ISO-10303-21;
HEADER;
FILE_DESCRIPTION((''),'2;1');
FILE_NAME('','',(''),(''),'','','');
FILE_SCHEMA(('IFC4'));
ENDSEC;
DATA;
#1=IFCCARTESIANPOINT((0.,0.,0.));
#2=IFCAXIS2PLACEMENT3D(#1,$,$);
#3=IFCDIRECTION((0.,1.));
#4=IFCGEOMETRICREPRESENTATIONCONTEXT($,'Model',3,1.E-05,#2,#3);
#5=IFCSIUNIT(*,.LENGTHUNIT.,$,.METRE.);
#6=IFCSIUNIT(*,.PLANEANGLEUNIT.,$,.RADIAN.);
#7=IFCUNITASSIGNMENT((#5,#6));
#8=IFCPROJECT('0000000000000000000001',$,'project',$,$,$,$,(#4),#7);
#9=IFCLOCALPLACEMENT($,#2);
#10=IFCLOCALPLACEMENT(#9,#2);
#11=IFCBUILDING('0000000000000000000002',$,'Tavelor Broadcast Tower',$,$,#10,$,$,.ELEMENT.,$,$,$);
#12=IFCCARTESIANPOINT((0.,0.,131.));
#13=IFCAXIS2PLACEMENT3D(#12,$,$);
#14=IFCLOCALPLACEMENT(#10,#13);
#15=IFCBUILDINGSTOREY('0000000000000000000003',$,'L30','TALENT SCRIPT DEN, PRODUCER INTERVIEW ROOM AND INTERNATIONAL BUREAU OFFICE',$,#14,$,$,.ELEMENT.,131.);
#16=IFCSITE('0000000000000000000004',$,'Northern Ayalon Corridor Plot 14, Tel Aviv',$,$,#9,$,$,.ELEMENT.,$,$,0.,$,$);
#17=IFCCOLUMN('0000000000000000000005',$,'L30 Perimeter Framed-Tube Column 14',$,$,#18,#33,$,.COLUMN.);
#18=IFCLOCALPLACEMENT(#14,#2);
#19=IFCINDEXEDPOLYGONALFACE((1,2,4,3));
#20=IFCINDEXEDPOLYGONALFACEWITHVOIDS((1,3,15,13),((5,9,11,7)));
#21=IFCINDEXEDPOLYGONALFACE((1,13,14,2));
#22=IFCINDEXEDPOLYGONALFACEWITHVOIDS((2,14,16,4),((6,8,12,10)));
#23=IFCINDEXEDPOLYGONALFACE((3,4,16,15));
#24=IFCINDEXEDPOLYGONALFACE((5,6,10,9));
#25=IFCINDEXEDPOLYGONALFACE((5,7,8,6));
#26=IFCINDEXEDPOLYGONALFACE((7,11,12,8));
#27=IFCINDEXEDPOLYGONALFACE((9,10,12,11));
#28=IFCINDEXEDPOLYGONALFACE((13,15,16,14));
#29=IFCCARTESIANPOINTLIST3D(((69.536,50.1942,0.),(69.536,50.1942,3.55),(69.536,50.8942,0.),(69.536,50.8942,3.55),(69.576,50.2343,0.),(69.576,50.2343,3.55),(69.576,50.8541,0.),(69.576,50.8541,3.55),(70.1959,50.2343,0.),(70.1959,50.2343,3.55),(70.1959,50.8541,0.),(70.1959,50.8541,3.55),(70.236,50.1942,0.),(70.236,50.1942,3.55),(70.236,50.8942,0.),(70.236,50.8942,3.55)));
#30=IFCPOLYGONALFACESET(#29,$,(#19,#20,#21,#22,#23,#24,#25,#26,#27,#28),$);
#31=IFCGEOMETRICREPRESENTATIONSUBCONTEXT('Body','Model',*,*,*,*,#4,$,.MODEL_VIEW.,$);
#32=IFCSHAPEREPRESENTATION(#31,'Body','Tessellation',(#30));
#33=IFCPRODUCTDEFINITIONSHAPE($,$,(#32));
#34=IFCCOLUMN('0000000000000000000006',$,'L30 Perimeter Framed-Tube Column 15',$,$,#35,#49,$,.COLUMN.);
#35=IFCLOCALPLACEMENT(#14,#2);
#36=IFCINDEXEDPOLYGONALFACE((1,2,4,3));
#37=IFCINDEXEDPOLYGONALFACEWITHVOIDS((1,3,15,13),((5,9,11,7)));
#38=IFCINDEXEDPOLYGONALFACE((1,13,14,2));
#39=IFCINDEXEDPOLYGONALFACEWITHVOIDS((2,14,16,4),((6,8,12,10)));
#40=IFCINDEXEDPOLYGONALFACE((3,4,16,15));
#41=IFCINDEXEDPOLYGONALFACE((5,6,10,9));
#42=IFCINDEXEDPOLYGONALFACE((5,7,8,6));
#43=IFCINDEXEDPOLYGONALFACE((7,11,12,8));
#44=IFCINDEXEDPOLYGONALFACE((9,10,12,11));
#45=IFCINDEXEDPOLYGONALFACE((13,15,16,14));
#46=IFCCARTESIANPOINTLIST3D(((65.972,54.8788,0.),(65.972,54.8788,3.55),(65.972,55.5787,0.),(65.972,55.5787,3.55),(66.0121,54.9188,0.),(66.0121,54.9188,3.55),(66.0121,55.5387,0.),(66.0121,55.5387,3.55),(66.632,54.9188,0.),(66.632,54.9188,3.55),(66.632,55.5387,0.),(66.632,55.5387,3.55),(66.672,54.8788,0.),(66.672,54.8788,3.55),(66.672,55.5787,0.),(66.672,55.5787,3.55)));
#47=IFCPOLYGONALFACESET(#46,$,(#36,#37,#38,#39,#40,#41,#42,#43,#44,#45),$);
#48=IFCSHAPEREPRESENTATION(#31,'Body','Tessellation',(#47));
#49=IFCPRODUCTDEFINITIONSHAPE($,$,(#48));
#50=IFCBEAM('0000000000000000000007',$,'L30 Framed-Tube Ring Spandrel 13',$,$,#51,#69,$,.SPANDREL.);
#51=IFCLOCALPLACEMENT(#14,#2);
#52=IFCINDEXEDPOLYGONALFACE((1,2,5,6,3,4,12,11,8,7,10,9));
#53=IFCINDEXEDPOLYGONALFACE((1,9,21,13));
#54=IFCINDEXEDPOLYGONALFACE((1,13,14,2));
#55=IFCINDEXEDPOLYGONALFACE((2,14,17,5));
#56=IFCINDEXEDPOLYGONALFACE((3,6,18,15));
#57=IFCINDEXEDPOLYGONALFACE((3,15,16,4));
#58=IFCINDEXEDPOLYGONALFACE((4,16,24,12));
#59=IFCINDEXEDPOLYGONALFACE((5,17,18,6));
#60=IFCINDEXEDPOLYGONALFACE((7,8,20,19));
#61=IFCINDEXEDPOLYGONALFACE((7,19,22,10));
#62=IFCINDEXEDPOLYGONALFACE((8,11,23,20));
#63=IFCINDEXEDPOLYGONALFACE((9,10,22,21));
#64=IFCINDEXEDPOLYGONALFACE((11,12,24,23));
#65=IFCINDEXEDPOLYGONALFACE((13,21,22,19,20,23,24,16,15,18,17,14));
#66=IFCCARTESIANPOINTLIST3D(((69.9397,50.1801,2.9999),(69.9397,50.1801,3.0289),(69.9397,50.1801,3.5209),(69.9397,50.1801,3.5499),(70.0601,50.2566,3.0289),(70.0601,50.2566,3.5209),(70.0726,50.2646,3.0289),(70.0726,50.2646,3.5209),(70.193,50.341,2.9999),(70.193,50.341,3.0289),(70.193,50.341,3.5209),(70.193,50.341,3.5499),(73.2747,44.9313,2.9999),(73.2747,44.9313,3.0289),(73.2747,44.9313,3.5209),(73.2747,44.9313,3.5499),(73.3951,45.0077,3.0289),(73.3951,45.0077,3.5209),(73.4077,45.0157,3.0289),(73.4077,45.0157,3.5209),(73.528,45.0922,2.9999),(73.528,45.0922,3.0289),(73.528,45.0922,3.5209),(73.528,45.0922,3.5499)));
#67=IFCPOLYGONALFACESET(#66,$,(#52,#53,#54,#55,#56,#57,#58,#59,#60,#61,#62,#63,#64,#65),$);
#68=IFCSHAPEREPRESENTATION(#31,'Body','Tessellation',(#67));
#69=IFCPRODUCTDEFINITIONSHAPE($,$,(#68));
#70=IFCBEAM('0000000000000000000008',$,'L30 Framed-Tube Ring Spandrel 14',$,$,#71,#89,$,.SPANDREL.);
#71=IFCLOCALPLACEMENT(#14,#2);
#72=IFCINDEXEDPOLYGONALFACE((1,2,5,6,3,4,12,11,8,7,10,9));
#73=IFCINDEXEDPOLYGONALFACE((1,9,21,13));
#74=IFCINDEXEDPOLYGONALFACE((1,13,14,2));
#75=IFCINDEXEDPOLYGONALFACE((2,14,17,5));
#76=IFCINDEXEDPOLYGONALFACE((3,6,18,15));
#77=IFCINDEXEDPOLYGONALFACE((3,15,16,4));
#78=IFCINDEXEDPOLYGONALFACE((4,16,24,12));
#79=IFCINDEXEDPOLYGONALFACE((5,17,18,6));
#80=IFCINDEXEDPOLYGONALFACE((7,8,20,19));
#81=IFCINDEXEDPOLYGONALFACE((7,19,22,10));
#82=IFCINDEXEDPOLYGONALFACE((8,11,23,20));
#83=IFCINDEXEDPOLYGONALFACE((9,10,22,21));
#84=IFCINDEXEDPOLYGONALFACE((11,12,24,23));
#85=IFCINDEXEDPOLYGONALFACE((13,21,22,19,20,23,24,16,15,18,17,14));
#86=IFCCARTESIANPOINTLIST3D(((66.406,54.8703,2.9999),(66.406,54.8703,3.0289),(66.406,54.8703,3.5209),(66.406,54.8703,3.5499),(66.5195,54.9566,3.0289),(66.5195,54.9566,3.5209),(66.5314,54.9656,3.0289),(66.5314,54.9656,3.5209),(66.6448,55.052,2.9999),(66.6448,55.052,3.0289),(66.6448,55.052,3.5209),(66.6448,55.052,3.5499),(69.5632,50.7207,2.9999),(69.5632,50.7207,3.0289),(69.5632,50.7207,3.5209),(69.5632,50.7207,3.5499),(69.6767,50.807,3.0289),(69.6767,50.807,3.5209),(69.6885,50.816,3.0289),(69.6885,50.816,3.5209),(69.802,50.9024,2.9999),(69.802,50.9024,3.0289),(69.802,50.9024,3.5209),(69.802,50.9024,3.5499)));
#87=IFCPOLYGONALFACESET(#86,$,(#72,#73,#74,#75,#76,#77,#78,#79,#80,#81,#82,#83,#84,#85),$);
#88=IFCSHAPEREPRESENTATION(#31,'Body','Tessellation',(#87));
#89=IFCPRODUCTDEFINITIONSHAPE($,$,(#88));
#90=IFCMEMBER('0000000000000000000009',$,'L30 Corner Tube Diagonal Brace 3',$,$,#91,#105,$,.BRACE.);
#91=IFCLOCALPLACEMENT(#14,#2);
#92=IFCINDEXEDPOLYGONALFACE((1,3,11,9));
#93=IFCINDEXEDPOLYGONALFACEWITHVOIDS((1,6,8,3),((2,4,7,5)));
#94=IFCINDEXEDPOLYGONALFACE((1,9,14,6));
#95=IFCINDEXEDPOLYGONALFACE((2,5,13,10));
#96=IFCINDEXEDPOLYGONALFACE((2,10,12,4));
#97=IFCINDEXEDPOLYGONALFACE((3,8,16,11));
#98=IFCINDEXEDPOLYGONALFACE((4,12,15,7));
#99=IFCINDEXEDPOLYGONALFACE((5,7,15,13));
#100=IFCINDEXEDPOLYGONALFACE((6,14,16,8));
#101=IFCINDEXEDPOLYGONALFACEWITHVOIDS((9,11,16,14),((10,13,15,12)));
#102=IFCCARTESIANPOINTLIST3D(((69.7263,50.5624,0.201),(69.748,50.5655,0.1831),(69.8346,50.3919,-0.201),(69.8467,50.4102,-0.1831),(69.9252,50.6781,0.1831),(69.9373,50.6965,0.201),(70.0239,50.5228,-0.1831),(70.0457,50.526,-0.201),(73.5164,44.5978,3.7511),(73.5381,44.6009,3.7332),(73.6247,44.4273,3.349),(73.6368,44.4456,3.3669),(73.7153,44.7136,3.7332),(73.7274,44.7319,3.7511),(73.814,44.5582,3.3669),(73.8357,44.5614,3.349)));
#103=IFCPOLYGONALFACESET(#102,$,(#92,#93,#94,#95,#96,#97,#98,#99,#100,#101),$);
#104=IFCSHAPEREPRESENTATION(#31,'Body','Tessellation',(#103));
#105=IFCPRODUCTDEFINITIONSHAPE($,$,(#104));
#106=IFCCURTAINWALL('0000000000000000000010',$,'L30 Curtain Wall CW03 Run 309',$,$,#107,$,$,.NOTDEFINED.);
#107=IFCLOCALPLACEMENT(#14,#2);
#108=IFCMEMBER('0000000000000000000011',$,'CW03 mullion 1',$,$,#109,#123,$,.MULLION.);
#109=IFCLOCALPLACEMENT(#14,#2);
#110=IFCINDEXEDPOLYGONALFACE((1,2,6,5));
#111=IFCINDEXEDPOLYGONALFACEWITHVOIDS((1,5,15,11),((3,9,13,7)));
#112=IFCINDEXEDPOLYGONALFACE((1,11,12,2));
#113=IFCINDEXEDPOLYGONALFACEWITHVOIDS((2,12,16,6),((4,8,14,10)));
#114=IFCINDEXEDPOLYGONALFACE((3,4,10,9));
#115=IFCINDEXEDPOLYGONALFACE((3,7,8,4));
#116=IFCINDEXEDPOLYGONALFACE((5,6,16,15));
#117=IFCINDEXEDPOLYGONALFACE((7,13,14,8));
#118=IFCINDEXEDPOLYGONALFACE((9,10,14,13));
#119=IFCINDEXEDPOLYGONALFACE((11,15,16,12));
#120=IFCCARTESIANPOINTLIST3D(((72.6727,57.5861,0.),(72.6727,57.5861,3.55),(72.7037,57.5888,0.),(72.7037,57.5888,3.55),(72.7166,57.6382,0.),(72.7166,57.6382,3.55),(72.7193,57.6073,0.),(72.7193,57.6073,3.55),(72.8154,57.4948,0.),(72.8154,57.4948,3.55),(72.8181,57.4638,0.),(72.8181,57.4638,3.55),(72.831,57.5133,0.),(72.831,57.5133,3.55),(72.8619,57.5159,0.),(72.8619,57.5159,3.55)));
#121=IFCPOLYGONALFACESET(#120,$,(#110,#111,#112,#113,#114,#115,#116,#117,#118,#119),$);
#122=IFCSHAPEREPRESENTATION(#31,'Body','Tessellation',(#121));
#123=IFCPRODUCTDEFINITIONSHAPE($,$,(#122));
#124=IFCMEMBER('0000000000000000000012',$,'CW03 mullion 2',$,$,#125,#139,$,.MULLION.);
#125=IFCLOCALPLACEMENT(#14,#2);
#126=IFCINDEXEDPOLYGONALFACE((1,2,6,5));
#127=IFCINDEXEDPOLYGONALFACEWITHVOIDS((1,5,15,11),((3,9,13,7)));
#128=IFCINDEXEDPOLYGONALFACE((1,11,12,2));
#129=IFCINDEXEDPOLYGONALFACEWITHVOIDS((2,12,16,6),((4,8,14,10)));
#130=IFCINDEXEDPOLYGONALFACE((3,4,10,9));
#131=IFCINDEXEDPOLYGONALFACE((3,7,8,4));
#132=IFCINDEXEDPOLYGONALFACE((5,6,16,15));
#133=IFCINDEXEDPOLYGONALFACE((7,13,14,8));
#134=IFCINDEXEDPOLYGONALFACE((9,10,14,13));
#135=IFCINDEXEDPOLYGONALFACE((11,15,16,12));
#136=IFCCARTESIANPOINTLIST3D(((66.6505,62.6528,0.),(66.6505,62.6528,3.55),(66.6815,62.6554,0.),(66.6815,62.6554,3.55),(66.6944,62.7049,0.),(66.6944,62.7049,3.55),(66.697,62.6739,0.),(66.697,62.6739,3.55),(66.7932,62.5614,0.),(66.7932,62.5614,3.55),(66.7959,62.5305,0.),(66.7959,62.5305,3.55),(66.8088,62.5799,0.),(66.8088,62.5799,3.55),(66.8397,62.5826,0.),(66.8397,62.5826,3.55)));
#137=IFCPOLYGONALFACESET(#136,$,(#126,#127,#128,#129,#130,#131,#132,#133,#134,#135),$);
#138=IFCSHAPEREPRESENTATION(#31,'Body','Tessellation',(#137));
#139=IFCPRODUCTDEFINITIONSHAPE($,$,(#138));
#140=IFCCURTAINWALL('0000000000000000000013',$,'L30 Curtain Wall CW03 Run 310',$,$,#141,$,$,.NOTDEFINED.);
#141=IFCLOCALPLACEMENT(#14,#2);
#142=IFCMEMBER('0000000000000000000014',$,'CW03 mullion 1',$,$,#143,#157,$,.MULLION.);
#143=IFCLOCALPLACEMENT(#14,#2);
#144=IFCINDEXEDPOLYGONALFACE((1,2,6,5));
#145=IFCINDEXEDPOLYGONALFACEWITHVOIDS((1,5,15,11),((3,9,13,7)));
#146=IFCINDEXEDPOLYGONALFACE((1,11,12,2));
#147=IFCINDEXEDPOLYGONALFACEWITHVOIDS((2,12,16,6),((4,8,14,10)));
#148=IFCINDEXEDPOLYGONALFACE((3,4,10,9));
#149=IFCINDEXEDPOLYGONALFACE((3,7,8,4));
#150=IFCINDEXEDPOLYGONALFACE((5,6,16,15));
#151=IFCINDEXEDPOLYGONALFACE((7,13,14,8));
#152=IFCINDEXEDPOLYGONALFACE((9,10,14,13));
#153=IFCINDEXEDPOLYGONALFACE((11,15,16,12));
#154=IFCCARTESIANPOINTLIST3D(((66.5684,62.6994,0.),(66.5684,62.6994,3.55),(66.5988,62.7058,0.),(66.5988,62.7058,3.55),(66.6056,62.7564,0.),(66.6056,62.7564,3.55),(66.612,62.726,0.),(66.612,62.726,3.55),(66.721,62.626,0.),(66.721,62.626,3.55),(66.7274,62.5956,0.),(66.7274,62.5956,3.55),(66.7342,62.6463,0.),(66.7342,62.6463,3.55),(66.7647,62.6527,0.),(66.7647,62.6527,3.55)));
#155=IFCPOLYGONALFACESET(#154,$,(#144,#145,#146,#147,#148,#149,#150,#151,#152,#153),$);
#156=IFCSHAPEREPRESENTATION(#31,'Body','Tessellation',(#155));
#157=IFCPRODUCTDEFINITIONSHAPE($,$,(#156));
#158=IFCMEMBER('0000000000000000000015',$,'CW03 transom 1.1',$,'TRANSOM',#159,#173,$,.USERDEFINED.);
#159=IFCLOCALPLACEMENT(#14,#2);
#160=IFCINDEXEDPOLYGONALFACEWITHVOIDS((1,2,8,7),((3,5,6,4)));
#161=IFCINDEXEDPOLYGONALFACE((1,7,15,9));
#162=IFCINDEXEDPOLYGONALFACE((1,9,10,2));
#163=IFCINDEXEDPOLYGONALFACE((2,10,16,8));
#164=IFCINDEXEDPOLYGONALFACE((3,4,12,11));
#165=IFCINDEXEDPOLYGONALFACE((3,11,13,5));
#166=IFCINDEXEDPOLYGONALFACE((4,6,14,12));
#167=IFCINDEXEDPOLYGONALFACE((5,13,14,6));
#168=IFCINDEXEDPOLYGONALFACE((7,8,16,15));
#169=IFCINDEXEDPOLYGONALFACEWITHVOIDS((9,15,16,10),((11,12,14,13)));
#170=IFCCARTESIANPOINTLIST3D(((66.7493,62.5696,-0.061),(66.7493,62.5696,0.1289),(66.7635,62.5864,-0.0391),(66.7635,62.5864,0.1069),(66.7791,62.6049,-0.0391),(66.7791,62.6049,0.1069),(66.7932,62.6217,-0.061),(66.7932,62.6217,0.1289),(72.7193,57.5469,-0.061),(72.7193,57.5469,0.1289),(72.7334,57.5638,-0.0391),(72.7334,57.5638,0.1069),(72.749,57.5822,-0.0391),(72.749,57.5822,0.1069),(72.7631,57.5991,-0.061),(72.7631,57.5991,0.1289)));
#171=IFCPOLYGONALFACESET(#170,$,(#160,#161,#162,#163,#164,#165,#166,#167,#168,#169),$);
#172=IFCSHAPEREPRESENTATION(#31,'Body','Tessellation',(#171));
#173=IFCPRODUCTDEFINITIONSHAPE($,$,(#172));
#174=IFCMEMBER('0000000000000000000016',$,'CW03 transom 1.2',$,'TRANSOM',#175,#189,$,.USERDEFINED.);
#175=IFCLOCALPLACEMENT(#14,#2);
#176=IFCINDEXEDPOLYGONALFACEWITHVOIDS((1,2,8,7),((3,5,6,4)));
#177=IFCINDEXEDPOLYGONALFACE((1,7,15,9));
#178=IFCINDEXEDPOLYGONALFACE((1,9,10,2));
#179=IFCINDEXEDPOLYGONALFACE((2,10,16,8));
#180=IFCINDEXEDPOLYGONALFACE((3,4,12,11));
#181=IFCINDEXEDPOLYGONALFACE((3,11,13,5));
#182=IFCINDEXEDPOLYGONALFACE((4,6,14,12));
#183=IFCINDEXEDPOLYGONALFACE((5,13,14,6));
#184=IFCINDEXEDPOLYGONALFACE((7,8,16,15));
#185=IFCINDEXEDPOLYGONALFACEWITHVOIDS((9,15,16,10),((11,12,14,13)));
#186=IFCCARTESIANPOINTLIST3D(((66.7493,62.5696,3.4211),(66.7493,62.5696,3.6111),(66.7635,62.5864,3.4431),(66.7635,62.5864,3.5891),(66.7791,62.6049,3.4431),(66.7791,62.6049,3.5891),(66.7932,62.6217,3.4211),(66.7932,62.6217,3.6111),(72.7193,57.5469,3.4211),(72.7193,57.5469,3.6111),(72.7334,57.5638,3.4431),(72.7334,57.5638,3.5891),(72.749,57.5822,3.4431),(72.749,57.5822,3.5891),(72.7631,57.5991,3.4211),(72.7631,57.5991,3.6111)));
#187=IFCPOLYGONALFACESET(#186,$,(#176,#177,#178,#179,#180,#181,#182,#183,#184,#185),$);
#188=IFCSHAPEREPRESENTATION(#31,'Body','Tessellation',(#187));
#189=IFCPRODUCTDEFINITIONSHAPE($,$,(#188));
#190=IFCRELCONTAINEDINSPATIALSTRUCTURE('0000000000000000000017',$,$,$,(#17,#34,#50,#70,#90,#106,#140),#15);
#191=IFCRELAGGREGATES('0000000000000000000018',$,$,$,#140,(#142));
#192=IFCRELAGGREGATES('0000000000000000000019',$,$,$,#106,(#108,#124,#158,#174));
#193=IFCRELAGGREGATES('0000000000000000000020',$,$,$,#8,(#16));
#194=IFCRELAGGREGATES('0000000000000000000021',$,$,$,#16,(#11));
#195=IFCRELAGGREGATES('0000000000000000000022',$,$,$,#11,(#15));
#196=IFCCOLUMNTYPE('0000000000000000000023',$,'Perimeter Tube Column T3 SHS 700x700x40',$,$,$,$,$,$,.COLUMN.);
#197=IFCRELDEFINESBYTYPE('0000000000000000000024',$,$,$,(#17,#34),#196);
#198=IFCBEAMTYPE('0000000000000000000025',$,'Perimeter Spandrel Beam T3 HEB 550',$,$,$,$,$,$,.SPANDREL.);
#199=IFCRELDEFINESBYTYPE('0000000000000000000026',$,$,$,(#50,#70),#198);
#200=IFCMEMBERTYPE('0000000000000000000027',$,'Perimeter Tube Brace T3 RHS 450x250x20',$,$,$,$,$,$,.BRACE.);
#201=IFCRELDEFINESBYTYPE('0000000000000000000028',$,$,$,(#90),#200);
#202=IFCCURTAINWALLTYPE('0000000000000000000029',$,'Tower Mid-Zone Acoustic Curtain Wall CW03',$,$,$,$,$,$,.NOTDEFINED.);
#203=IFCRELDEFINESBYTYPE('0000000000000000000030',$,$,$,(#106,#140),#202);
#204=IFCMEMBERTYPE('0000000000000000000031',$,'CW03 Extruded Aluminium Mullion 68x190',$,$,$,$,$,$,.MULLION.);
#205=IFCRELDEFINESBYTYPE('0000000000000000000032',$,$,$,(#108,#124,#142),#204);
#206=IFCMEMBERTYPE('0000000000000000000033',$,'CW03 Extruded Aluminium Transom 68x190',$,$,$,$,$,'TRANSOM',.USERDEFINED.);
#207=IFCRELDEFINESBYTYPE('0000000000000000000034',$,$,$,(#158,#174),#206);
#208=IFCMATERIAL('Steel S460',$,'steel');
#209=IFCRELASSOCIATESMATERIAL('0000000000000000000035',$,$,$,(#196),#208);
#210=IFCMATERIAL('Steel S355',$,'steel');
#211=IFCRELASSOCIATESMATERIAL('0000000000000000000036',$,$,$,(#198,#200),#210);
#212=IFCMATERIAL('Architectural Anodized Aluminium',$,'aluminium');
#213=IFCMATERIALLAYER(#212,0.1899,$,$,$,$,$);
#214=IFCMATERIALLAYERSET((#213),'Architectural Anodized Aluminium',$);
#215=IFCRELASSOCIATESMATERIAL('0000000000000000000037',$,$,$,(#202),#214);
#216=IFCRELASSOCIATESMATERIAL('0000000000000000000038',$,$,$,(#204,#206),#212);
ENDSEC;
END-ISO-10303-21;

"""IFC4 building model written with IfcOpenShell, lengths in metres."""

from ifc_helpers import new_model, si_unit, direction, frame, origin, origin_2d, place, context, subcontext, project, spatial, hollow_rectangle, i_section, extrude, source, transform, mapped, material, layer, layer_set, material_profile, profile_set, type_object, type_shapes, element, aggregate, save


model = new_model("IFC4")

# Units and contexts
model_context = context("Model", 3, precision=1e-05, world=origin(), true_north=direction((0.0, 1.0)))
body_context = subcontext(model_context, "Body", "Model", "MODEL_VIEW")
ifc_project = project(units=[si_unit("LENGTHUNIT", "METRE"), si_unit("PLANEANGLEUNIT", "RADIAN")], contexts=[model_context])

# Site, building, storey
site_placement = place(None, origin())
site = spatial("IfcSite", under=ifc_project, at=site_placement, Name="Northern Ayalon Corridor Plot 14, Tel Aviv", CompositionType="ELEMENT", RefElevation=0.0)
building_placement = place(site_placement, origin())
building = spatial("IfcBuilding", under=site, at=building_placement, Name="Tavelor Broadcast Tower", CompositionType="ELEMENT")
storey_placement = place(building_placement, frame((0.0, 0.0, 131.0)))
storey = spatial("IfcBuildingStorey", under=building, at=storey_placement, Name="L30", Description="TALENT SCRIPT DEN, PRODUCER INTERVIEW ROOM AND INTERNATIONAL BUREAU OFFICE", CompositionType="ELEMENT", Elevation=131.0)

# Columns
ifc_material_1 = material(Name="Steel S460", Category="steel")
ifc_material_profile_1 = material_profile(ifc_material_1, hollow_rectangle(XDim=0.7, YDim=0.7, WallThickness=0.04, at=origin_2d()), Name="SHS 700x700x40")
ifc_profile_set_1 = profile_set([ifc_material_profile_1], Name="Steel S460")
column_type = type_object("IfcColumnType", Name="Perimeter Tube Column T3 SHS 700x700x40", PredefinedType="COLUMN", material=ifc_profile_set_1)
for number, where, z_axis, x_axis, name in (
    (1, (69.886, 50.5442, 0.0), (0.0, 0.0, 1.0), (1.0, 0.0, 0.0), "L30 Perimeter Framed-Tube Column 14"),
    (2, (66.322, 55.2288, 0.0), (0.0, 0.0, 1.0), (1.0, 0.0, 0.0), "L30 Perimeter Framed-Tube Column 15"),
):
    element("IfcColumn", number, at=place(storey_placement, frame(where, z_axis=z_axis, x_axis=x_axis)), inside=storey, type_object=column_type, Name=name, PredefinedType="COLUMN", context=body_context, shape_type="SweptSolid", body=[
        extrude(hollow_rectangle(XDim=0.7, YDim=0.7, WallThickness=0.04, at=origin_2d()), origin(), (0.0, 0.0, 1.0), 3.55),
    ])

# Beams
ifc_material_2 = material(Name="Steel S355", Category="steel")
ifc_material_profile_2 = material_profile(ifc_material_2, i_section(OverallWidth=0.3, OverallDepth=0.55, WebThickness=0.0149, FlangeThickness=0.0291, at=origin_2d()), Name="HEB 550")
ifc_profile_set_2 = profile_set([ifc_material_profile_2], Name="Steel S355")
beam_type = type_object("IfcBeamType", Name="Perimeter Spandrel Beam T3 HEB 550", PredefinedType="SPANDREL", material=ifc_profile_set_2)
beam_1_placement = place(storey_placement, frame((73.4014, 45.0117, 3.2749), z_axis=(-0.536283, 0.844038, 0.0), x_axis=(-0.844038, -0.536283, 0.0)))
element("IfcBeam", 3, at=beam_1_placement, inside=storey, type_object=beam_type, Name="L30 Framed-Tube Ring Spandrel 13", PredefinedType="SPANDREL", context=body_context, shape_type="SweptSolid", body=[
    extrude(i_section(OverallWidth=0.3, OverallDepth=0.55, WebThickness=0.0149, FlangeThickness=0.0291, at=origin_2d()), origin(), (0.0, 0.0, 1.0), 6.2188),
])
beam_2_placement = place(storey_placement, frame((69.6826, 50.8115, 3.2749), z_axis=(-0.605507, 0.79584, 0.0), x_axis=(-0.79584, -0.605507, 0.0)))
element("IfcBeam", 4, at=beam_2_placement, inside=storey, type_object=beam_type, Name="L30 Framed-Tube Ring Spandrel 14", PredefinedType="SPANDREL", context=body_context, shape_type="SweptSolid", body=[
    extrude(i_section(OverallWidth=0.3, OverallDepth=0.55, WebThickness=0.0149, FlangeThickness=0.0291, at=origin_2d()), origin(), (0.0, 0.0, 1.0), 5.2141),
])

# Member
ifc_material_profile_3 = material_profile(ifc_material_2, hollow_rectangle(XDim=0.25, YDim=0.45, WallThickness=0.02, at=origin_2d()), Name="RHS 450x250x20")
ifc_profile_set_3 = profile_set([ifc_material_profile_3], Name="Steel S355")
member_type_1 = type_object("IfcMemberType", Name="Perimeter Tube Brace T3 RHS 450x250x20", PredefinedType="BRACE", material=ifc_profile_set_3)
member_1_placement = place(storey_placement, frame((69.886, 50.5442, 0.0), z_axis=(0.479239, -0.754205, 0.448893), x_axis=(0.844021, 0.53631, 0.0)))
element("IfcMember", 5, at=member_1_placement, inside=storey, type_object=member_type_1, Name="L30 Corner Tube Diagonal Brace 3", PredefinedType="BRACE", context=body_context, shape_type="SweptSolid", body=[
    extrude(hollow_rectangle(XDim=0.25, YDim=0.45, WallThickness=0.02, at=origin_2d()), origin(), (0.0, 0.0, 1.0), 7.9084),
])

# Curtain wall, members
ifc_material_3 = material(Name="Architectural Anodized Aluminium", Category="aluminium")
ifc_layer_1 = layer(ifc_material_3, 0.1899)
ifc_layer_set_1 = layer_set([ifc_layer_1], Name="Architectural Anodized Aluminium")
curtain_wall_type = type_object("IfcCurtainWallType", Name="Tower Mid-Zone Acoustic Curtain Wall CW03", PredefinedType="NOTDEFINED", material=ifc_layer_set_1)
curtain_wall_1_placement = place(storey_placement, origin())
curtain_wall_1 = element("IfcCurtainWall", 6, at=curtain_wall_1_placement, inside=storey, type_object=curtain_wall_type, Name="L30 Curtain Wall CW03 Run 309", PredefinedType="NOTDEFINED")
ifc_material_profile_4 = material_profile(ifc_material_3, hollow_rectangle(XDim=0.0681, YDim=0.1899, WallThickness=0.022, at=origin_2d()), Name="RHS 68x190x22")
ifc_profile_set_4 = profile_set([ifc_material_profile_4], Name="Architectural Anodized Aluminium")
member_type_2 = type_object("IfcMemberType", Name="CW03 Extruded Aluminium Mullion 68x190", PredefinedType="MULLION", material=ifc_profile_set_4)
shared_shape_1 = source(origin(), body_context, "Body", "SweptSolid", [
    extrude(hollow_rectangle(XDim=0.0681, YDim=0.1899, WallThickness=0.022, at=origin_2d()), origin(), (0.0, 0.0, 1.0), 3.55),
])
type_shapes(member_type_2, [shared_shape_1])
member_2_placement = place(storey_placement, frame((72.7673, 57.551, 0.0), z_axis=(0.0, 0.0, 1.0), x_axis=(-0.643795, -0.765198, 0.0)))
member_2 = element("IfcMember", 7, at=member_2_placement, type_object=member_type_2, Name="CW03 mullion 1", PredefinedType="MULLION", context=body_context, shape_type="MappedRepresentation", body=[
    mapped(shared_shape_1, transform((0.0, 0.0, 0.0), scale=1.0)),
])
member_3_placement = place(storey_placement, frame((66.7451, 62.6177, 0.0), z_axis=(0.0, 0.0, 1.0), x_axis=(-0.643795, -0.765198, 0.0)))
member_3 = element("IfcMember", 8, at=member_3_placement, type_object=member_type_2, Name="CW03 mullion 2", PredefinedType="MULLION", context=body_context, shape_type="MappedRepresentation", body=[
    mapped(shared_shape_1, transform((0.0, 0.0, 0.0), scale=1.0)),
])

# Curtain wall, member
curtain_wall_2_placement = place(storey_placement, origin())
curtain_wall_2 = element("IfcCurtainWall", 9, at=curtain_wall_2_placement, inside=storey, type_object=curtain_wall_type, Name="L30 Curtain Wall CW03 Run 310", PredefinedType="NOTDEFINED")
member_4_placement = place(storey_placement, frame((66.6665, 62.676, 0.0), z_axis=(0.0, 0.0, 1.0), x_axis=(-0.546463, -0.837484, 0.0)))
member_4 = element("IfcMember", 10, at=member_4_placement, type_object=member_type_2, Name="CW03 mullion 1", PredefinedType="MULLION", context=body_context, shape_type="MappedRepresentation", body=[
    mapped(shared_shape_1, transform((0.0, 0.0, 0.0), scale=1.0)),
])

# Members
ifc_material_profile_5 = material_profile(ifc_material_3, hollow_rectangle(XDim=0.0681, YDim=0.1899, WallThickness=0.022, at=origin_2d()), Name="RHS 68x190x22")
ifc_profile_set_5 = profile_set([ifc_material_profile_5], Name="Architectural Anodized Aluminium")
member_type_3 = type_object("IfcMemberType", Name="CW03 Extruded Aluminium Transom 68x190", ElementType="TRANSOM", PredefinedType="USERDEFINED", material=ifc_profile_set_5)
shared_shape_2 = source(origin(), body_context, "Body", "SweptSolid", [
    extrude(hollow_rectangle(XDim=0.0681, YDim=0.1899, WallThickness=0.022, at=origin_2d()), origin(), (0.0, 0.0, 1.0), 7.8018),
])
member_5_placement = place(storey_placement, frame((72.7412, 57.573, 0.0339), z_axis=(-0.765204, 0.643788, 0.0), x_axis=(-0.643788, -0.765204, 0.0)))
member_5 = element("IfcMember", 11, at=member_5_placement, type_object=member_type_3, Name="CW03 transom 1.1", ObjectType="TRANSOM", PredefinedType="USERDEFINED", context=body_context, shape_type="MappedRepresentation", body=[
    mapped(shared_shape_2, transform((0.0, 0.0, 0.0), scale=1.0)),
])
member_6_placement = place(storey_placement, frame((72.7412, 57.573, 3.5161), z_axis=(-0.765204, 0.643788, 0.0), x_axis=(-0.643788, -0.765204, 0.0)))
member_6 = element("IfcMember", 12, at=member_6_placement, type_object=member_type_3, Name="CW03 transom 1.2", ObjectType="TRANSOM", PredefinedType="USERDEFINED", context=body_context, shape_type="MappedRepresentation", body=[
    mapped(shared_shape_2, transform((0.0, 0.0, 0.0), scale=1.0)),
])
aggregate(curtain_wall_2, [member_4])

aggregate(curtain_wall_1, [member_2, member_3, member_5, member_6])

save(model, "model.ifc")
